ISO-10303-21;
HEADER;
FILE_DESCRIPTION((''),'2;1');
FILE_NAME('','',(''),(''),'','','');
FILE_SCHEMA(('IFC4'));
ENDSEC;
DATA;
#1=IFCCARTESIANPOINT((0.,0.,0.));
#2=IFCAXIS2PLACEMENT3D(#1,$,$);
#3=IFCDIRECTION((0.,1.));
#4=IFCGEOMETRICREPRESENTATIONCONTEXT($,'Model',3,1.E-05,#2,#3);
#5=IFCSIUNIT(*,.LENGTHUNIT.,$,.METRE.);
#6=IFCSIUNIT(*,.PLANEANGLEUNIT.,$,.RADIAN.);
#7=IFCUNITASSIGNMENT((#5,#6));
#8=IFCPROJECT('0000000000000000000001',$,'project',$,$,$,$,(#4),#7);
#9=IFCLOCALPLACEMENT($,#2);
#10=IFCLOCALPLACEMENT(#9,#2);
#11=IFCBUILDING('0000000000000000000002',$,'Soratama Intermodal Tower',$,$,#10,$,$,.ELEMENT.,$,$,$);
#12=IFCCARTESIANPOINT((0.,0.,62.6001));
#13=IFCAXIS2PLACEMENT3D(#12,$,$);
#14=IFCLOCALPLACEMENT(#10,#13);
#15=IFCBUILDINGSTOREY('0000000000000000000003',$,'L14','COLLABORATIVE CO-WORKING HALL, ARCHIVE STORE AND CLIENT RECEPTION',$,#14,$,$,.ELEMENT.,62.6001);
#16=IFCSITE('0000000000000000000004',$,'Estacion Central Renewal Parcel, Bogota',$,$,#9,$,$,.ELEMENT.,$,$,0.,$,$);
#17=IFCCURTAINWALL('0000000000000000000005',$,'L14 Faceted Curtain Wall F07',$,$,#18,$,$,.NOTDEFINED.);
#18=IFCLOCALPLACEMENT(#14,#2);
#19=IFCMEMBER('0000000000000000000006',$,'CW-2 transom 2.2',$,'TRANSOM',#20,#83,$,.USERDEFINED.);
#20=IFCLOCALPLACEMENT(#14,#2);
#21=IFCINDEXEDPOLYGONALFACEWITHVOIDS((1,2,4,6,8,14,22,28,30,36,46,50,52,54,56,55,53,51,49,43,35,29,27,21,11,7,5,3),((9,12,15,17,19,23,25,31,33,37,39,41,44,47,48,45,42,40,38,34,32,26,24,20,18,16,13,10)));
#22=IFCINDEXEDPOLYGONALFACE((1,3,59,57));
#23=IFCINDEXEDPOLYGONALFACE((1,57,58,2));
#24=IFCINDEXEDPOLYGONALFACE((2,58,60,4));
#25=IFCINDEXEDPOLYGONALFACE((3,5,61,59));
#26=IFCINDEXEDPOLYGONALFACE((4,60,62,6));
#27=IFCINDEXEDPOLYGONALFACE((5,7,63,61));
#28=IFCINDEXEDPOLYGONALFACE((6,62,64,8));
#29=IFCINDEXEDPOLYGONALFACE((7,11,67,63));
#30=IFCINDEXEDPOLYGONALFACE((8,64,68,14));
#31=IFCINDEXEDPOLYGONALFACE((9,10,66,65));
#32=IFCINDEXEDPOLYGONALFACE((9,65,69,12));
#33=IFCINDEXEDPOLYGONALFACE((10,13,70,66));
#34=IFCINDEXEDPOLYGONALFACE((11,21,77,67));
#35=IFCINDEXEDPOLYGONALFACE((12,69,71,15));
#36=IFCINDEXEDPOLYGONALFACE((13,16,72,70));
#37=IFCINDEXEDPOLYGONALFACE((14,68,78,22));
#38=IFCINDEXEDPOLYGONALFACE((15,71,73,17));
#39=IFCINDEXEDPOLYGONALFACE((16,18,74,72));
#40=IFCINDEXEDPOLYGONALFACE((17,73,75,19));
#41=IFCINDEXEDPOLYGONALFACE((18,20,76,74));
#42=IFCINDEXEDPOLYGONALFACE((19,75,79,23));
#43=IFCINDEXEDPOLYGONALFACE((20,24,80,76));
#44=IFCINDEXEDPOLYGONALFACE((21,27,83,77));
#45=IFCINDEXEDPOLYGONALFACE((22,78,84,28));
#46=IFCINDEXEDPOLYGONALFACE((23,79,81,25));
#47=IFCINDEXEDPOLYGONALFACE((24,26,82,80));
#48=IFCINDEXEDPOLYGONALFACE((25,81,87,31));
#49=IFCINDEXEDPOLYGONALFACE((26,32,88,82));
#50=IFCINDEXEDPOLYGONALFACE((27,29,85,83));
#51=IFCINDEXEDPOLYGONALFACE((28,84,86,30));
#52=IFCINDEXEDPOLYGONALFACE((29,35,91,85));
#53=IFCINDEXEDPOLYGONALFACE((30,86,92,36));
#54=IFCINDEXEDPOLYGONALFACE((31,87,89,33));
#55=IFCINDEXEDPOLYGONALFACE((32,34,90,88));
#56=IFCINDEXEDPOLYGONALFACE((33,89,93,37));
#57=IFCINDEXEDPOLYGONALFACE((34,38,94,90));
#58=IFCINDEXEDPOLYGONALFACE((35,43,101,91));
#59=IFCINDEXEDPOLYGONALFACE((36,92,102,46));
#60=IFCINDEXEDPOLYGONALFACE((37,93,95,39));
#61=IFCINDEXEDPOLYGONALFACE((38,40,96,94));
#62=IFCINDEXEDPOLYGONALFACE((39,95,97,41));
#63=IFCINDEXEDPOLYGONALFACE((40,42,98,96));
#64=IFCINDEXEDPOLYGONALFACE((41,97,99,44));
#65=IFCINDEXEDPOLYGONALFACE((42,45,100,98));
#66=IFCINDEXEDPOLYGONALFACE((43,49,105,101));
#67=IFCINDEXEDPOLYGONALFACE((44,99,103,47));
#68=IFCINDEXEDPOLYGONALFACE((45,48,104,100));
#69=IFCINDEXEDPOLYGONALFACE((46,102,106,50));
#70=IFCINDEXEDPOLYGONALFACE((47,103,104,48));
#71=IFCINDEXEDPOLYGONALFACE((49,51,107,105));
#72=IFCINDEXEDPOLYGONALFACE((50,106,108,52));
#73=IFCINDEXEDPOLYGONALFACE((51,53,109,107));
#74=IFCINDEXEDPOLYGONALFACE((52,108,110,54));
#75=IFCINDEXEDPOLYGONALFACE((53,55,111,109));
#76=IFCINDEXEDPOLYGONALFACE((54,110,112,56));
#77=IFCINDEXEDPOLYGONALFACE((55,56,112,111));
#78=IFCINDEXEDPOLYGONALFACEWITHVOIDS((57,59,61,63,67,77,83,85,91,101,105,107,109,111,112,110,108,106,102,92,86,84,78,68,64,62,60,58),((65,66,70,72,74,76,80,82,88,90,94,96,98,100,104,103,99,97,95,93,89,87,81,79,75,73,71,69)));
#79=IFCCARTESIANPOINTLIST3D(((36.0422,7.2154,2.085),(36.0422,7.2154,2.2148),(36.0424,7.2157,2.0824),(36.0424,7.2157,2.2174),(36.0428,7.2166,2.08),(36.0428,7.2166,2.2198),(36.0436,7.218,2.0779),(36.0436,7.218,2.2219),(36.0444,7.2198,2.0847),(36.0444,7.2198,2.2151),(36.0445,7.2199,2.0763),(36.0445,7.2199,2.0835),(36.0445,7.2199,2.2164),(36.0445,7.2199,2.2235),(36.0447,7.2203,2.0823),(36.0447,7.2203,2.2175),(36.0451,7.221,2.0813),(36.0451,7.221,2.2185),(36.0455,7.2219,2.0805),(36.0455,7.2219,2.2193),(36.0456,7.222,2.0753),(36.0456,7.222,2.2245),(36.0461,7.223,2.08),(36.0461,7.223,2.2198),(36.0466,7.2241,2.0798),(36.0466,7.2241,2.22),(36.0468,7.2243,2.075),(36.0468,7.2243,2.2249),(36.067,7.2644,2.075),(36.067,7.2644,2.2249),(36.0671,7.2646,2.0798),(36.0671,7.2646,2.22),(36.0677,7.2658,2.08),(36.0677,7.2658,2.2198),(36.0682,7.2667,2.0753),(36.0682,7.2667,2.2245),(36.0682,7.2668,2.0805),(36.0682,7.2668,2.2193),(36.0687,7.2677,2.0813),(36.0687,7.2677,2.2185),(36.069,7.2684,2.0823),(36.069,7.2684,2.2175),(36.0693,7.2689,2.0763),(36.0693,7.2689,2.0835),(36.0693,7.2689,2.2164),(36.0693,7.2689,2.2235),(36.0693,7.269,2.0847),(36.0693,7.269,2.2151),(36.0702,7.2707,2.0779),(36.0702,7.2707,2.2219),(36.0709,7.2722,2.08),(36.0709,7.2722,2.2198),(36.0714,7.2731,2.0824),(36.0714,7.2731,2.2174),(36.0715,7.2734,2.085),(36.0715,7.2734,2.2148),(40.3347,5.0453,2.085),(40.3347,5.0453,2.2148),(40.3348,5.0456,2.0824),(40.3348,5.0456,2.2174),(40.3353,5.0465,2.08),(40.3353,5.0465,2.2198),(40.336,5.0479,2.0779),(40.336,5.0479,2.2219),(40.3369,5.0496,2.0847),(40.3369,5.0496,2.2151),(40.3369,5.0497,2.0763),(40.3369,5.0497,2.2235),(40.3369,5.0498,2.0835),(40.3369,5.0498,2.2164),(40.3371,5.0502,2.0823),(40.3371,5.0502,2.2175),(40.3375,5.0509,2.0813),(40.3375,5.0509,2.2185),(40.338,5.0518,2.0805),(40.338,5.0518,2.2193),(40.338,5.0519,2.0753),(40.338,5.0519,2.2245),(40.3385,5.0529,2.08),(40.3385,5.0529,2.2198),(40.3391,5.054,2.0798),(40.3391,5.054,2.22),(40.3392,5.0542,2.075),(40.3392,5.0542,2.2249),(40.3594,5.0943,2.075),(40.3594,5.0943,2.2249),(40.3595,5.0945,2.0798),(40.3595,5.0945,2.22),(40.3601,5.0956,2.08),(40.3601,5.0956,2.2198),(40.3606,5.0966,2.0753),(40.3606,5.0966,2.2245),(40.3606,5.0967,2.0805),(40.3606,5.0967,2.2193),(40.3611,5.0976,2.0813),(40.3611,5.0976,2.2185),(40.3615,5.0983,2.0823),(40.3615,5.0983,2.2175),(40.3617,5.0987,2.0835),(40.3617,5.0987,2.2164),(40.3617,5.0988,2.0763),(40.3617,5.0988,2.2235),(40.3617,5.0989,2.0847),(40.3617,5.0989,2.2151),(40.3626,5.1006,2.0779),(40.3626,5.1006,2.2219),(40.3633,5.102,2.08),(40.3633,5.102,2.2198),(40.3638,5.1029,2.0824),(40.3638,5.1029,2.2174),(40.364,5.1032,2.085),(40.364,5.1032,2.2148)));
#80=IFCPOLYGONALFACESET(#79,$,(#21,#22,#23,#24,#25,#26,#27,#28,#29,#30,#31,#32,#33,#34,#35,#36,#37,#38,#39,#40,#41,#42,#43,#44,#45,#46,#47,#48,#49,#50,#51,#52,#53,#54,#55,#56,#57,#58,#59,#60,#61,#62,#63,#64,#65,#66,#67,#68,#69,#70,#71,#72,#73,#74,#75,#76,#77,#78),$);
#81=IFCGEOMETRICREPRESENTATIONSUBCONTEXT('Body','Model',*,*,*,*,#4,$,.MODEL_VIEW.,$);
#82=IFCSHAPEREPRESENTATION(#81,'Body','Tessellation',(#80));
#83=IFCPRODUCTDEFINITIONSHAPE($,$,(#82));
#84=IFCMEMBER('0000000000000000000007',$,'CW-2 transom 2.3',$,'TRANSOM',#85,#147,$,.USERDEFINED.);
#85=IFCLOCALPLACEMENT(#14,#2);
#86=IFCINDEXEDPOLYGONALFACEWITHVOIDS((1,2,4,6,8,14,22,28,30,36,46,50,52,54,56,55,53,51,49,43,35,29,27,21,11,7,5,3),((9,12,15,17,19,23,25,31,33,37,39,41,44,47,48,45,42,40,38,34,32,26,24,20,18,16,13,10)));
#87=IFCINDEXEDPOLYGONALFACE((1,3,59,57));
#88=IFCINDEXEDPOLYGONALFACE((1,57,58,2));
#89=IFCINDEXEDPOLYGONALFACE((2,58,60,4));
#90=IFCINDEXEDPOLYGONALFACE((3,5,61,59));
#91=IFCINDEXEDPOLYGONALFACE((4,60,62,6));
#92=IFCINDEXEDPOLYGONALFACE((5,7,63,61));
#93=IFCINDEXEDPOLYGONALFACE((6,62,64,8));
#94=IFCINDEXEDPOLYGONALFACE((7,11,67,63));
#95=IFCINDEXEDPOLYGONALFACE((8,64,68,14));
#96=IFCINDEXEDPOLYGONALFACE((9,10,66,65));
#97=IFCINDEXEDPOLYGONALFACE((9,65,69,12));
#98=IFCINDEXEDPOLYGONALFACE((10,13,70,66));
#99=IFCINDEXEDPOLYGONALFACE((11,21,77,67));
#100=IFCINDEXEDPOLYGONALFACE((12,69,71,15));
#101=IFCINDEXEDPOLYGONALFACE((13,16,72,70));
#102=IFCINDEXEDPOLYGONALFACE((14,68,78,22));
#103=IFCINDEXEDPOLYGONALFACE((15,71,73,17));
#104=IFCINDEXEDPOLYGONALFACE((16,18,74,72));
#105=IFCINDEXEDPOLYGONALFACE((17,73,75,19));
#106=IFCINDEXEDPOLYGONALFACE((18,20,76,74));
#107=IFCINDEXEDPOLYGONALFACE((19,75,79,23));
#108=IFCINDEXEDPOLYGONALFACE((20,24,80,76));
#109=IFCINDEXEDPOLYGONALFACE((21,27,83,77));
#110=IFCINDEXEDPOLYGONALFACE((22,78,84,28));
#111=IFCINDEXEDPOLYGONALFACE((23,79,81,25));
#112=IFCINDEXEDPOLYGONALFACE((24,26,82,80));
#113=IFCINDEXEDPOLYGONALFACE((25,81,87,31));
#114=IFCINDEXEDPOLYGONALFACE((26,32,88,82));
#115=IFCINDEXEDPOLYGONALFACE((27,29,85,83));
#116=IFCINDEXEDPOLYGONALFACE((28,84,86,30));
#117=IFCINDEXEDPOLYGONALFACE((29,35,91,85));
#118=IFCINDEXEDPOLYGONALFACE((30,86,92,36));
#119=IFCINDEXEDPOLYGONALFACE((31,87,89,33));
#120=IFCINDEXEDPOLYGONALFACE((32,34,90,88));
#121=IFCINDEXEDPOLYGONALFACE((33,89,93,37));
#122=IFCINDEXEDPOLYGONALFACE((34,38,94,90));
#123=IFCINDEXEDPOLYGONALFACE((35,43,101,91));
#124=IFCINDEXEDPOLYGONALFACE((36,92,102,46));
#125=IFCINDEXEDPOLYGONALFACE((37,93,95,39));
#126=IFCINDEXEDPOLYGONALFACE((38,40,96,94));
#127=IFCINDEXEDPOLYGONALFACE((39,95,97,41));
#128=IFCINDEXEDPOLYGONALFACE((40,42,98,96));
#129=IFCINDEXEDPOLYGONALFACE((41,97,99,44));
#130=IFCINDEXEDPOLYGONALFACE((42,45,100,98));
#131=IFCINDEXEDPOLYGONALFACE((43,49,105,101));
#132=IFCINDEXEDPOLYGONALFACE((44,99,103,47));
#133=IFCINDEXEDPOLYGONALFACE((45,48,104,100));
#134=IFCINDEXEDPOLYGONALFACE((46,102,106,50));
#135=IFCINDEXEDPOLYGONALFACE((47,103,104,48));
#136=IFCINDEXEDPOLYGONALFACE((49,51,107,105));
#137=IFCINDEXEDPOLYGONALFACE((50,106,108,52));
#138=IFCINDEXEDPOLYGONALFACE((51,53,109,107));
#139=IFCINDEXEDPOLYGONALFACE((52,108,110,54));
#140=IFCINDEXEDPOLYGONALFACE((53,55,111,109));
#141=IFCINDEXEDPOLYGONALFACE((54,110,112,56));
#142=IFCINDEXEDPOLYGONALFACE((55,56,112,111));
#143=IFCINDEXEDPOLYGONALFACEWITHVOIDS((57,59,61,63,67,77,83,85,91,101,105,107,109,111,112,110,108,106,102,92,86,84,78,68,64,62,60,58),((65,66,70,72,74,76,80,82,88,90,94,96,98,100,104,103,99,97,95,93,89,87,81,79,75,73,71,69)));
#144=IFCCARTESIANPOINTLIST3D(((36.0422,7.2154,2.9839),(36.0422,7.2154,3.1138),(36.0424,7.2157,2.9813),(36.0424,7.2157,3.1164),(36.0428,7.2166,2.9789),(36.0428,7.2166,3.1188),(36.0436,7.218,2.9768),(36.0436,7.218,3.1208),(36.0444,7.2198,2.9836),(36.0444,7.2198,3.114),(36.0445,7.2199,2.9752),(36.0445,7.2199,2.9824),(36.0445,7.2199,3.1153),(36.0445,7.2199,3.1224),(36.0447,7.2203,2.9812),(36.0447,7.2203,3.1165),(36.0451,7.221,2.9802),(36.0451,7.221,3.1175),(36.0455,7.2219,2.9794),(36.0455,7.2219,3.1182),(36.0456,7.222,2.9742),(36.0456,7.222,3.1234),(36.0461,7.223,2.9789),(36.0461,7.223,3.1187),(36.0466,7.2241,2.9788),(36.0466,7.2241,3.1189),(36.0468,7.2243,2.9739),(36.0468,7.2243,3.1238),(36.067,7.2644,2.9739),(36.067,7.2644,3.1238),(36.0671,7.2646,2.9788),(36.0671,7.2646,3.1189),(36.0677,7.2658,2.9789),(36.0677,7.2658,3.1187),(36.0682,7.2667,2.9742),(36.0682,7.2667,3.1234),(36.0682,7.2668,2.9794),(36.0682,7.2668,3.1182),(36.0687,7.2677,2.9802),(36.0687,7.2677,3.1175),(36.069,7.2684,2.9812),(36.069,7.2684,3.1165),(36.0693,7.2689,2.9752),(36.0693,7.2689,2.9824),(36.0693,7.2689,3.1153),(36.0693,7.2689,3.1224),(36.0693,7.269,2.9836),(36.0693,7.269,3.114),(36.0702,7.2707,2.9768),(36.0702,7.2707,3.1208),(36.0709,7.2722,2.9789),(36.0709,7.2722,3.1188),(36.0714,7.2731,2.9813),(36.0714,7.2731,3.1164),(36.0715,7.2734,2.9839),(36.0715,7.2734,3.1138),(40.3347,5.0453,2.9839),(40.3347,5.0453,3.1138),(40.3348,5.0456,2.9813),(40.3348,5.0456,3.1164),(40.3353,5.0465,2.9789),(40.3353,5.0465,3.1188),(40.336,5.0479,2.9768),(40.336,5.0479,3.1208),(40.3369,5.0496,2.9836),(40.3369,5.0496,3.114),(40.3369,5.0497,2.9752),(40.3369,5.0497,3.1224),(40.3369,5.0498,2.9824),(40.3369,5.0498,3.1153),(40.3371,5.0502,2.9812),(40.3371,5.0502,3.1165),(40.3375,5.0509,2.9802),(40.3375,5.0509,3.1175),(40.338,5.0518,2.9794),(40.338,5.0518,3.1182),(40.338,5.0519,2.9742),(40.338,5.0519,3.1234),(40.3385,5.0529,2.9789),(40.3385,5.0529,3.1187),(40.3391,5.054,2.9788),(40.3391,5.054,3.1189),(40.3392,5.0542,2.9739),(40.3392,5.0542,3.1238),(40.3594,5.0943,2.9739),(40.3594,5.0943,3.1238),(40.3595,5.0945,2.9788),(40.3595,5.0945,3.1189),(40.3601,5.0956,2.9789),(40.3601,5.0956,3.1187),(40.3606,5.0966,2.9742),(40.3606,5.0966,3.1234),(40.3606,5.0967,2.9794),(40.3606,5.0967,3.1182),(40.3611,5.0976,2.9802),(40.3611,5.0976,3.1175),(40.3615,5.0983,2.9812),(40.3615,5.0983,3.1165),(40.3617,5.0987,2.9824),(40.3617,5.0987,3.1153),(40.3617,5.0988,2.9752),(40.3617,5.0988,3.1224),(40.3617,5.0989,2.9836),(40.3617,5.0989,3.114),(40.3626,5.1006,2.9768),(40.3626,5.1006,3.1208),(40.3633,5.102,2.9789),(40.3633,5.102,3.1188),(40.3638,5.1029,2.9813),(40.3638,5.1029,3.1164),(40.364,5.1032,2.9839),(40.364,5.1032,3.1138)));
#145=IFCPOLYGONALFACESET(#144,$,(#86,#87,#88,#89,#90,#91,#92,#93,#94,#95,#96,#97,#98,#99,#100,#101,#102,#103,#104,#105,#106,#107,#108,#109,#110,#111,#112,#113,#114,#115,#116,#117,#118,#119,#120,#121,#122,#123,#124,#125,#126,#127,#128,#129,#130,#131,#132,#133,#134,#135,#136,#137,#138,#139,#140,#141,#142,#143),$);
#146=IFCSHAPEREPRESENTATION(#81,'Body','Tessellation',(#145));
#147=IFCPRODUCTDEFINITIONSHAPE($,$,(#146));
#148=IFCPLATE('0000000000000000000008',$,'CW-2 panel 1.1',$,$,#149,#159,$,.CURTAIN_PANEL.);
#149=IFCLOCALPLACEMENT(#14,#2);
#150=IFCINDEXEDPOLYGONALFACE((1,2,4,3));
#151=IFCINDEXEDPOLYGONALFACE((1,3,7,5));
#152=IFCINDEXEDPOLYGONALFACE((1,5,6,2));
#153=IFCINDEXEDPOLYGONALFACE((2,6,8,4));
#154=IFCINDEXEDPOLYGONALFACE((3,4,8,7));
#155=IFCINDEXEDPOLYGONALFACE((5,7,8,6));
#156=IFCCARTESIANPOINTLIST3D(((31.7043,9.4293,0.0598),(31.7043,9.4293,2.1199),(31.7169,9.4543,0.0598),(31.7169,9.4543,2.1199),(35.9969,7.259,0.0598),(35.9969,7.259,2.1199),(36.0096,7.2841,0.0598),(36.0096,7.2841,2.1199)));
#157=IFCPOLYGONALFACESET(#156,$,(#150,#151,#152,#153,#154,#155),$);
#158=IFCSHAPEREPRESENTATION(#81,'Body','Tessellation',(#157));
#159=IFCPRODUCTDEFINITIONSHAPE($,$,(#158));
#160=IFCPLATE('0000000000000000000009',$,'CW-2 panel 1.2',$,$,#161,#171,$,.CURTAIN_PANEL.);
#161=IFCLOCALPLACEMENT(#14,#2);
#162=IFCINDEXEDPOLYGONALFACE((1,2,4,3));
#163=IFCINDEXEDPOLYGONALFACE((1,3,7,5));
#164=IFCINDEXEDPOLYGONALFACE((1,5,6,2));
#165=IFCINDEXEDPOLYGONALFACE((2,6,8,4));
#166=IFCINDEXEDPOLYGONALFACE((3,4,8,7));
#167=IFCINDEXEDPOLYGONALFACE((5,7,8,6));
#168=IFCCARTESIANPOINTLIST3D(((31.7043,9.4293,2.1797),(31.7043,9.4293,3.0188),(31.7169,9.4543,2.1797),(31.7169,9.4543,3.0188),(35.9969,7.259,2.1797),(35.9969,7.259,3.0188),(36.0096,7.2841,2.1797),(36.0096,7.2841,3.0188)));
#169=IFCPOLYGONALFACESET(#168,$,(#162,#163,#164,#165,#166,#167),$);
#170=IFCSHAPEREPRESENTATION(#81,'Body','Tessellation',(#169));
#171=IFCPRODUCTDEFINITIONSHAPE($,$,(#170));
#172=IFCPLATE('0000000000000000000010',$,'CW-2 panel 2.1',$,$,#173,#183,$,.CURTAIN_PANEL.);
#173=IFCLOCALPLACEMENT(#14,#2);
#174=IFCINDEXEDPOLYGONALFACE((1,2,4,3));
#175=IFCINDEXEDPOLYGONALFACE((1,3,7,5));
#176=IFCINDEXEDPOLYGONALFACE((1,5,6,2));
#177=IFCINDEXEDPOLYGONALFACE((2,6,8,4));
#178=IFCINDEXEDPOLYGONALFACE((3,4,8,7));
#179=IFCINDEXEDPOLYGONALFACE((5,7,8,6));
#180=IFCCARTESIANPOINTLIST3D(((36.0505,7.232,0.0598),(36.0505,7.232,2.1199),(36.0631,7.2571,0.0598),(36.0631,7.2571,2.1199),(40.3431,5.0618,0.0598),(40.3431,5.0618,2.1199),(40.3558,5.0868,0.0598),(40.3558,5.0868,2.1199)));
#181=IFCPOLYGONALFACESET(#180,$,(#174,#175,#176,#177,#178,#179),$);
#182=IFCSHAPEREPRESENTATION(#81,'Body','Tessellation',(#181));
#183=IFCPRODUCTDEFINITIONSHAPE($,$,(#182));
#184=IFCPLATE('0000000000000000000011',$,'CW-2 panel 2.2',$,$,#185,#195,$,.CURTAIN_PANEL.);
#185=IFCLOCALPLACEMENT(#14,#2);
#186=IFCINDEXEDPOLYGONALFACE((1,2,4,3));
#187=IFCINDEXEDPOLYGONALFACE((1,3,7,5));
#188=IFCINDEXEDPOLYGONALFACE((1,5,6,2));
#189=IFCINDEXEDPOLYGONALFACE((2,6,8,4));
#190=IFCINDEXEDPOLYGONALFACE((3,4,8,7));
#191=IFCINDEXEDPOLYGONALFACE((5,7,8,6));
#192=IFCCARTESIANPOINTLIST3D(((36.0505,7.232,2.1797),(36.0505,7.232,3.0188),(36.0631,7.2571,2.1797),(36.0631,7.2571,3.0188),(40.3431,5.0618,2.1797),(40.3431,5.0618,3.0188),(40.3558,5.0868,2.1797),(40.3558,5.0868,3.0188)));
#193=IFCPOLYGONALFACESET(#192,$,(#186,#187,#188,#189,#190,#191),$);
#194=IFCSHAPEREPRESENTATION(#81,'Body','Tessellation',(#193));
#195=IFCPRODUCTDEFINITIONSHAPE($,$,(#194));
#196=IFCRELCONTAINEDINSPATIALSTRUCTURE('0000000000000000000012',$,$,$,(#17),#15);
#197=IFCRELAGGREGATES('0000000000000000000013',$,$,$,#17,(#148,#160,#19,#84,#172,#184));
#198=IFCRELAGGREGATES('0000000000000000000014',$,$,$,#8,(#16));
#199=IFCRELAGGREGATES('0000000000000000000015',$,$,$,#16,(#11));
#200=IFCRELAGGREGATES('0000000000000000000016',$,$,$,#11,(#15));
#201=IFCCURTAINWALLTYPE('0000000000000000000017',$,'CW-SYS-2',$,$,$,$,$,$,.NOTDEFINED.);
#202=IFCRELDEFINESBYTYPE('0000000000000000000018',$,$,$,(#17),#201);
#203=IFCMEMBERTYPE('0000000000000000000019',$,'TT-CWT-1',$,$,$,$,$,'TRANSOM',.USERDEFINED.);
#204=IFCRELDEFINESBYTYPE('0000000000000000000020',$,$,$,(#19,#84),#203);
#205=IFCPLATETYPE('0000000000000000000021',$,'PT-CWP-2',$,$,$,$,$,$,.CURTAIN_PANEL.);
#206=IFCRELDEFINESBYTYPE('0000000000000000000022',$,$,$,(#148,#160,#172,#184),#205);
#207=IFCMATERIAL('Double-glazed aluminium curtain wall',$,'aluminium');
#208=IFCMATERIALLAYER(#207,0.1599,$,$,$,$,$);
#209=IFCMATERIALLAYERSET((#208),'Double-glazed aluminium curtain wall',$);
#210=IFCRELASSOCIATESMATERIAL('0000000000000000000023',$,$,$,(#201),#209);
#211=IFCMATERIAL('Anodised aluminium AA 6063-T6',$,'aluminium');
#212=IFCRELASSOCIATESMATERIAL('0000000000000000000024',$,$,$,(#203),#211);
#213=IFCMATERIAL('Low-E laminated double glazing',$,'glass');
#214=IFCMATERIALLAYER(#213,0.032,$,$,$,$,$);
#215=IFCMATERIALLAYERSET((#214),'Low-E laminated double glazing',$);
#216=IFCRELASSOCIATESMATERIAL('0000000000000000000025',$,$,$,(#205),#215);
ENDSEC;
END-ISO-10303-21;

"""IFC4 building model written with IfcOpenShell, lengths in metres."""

from ifc_helpers import new_model, si_unit, direction, frame, origin, origin_2d, place, context, subcontext, project, spatial, rectangle, hollow_rectangle, extrude, material, layer, layer_set, material_profile, profile_set, type_object, element, aggregate, save


model = new_model("IFC4")

# Units and contexts
model_context = context("Model", 3, precision=1e-05, world=origin(), true_north=direction((0.0, 1.0)))
body_context = subcontext(model_context, "Body", "Model", "MODEL_VIEW")
ifc_project = project(units=[si_unit("LENGTHUNIT", "METRE"), si_unit("PLANEANGLEUNIT", "RADIAN")], contexts=[model_context])

# Site, building, storey
site_placement = place(None, origin())
site = spatial("IfcSite", under=ifc_project, at=site_placement, Name="Estacion Central Renewal Parcel, Bogota", CompositionType="ELEMENT", RefElevation=0.0)
building_placement = place(site_placement, origin())
building = spatial("IfcBuilding", under=site, at=building_placement, Name="Soratama Intermodal Tower", CompositionType="ELEMENT")
storey_placement = place(building_placement, frame((0.0, 0.0, 62.6001)))
storey = spatial("IfcBuildingStorey", under=building, at=storey_placement, Name="L14", Description="COLLABORATIVE CO-WORKING HALL, ARCHIVE STORE AND CLIENT RECEPTION", CompositionType="ELEMENT", Elevation=62.6001)

# Curtain wall, members, plates
ifc_material_1 = material(Name="Double-glazed aluminium curtain wall", Category="aluminium")
ifc_layer_1 = layer(ifc_material_1, 0.1599)
ifc_layer_set_1 = layer_set([ifc_layer_1], Name="Double-glazed aluminium curtain wall")
curtain_wall_type = type_object("IfcCurtainWallType", Name="CW-SYS-2", PredefinedType="NOTDEFINED", material=ifc_layer_set_1)
curtain_wall_placement = place(storey_placement, origin())
curtain_wall = element("IfcCurtainWall", 1, at=curtain_wall_placement, inside=storey, type_object=curtain_wall_type, Name="L14 Faceted Curtain Wall F07", PredefinedType="NOTDEFINED")
ifc_material_2 = material(Name="Anodised aluminium AA 6063-T6", Category="aluminium")
ifc_material_profile_1 = material_profile(ifc_material_2, hollow_rectangle(XDim=0.0649, YDim=0.1499, WallThickness=0.0049, InnerFilletRadius=0.0049, OuterFilletRadius=0.01, at=origin_2d()), Name="CWT150X65X5")
ifc_profile_set_1 = profile_set([ifc_material_profile_1], Name="Anodised aluminium AA 6063-T6")
member_type_1 = type_object("IfcMemberType", Name="TT-CWT-1", ElementType="TRANSOM", PredefinedType="USERDEFINED", material=ifc_profile_set_1)
member_1_placement = place(storey_placement, frame((36.0569, 7.2444, 2.1499), z_axis=(0.892429, -0.451189, 0.0), x_axis=(0.451189, 0.892429, 0.0)))
member_1 = element("IfcMember", 2, at=member_1_placement, type_object=member_type_1, Name="CW-2 transom 2.2", ObjectType="TRANSOM", PredefinedType="USERDEFINED", context=body_context, shape_type="SweptSolid", body=[
    extrude(hollow_rectangle(XDim=0.0649, YDim=0.1499, WallThickness=0.0049, InnerFilletRadius=0.0049, OuterFilletRadius=0.01, at=origin_2d()), origin(), (0.0, 0.0, 1.0), 4.8098),
])
member_2_placement = place(storey_placement, frame((36.0569, 7.2444, 3.0488), z_axis=(0.892429, -0.451189, 0.0), x_axis=(0.451189, 0.892429, 0.0)))
member_2 = element("IfcMember", 3, at=member_2_placement, type_object=member_type_1, Name="CW-2 transom 2.3", ObjectType="TRANSOM", PredefinedType="USERDEFINED", context=body_context, shape_type="SweptSolid", body=[
    extrude(hollow_rectangle(XDim=0.0649, YDim=0.1499, WallThickness=0.0049, InnerFilletRadius=0.0049, OuterFilletRadius=0.01, at=origin_2d()), origin(), (0.0, 0.0, 1.0), 4.8098),
])
ifc_material_3 = material(Name="Low-E laminated double glazing", Category="glass")
ifc_layer_2 = layer(ifc_material_3, 0.032)
ifc_layer_set_2 = layer_set([ifc_layer_2], Name="Low-E laminated double glazing")
plate_type = type_object("IfcPlateType", Name="PT-CWP-2", PredefinedType="CURTAIN_PANEL", material=ifc_layer_set_2)
plate_1_placement = place(storey_placement, frame((33.8569, 8.3567, 0.0598), z_axis=(0.0, 0.0, 1.0), x_axis=(0.892431, -0.451185, 0.0)))
plate_1 = element("IfcPlate", 4, at=plate_1_placement, type_object=plate_type, Name="CW-2 panel 1.1", PredefinedType="CURTAIN_PANEL", context=body_context, shape_type="SweptSolid", body=[
    extrude(rectangle(XDim=4.8101, YDim=0.0281, at=origin_2d()), origin(), (0.0, 0.0, 1.0), 2.0601),
])
plate_2_placement = place(storey_placement, frame((33.8569, 8.3567, 2.1797), z_axis=(0.0, 0.0, 1.0), x_axis=(0.892431, -0.451185, 0.0)))
plate_2 = element("IfcPlate", 5, at=plate_2_placement, type_object=plate_type, Name="CW-2 panel 1.2", PredefinedType="CURTAIN_PANEL", context=body_context, shape_type="SweptSolid", body=[
    extrude(rectangle(XDim=4.8101, YDim=0.0281, at=origin_2d()), origin(), (0.0, 0.0, 1.0), 0.8391),
])
plate_3_placement = place(storey_placement, frame((38.2031, 6.1594, 0.0598), z_axis=(0.0, 0.0, 1.0), x_axis=(0.892431, -0.451185, 0.0)))
plate_3 = element("IfcPlate", 6, at=plate_3_placement, type_object=plate_type, Name="CW-2 panel 2.1", PredefinedType="CURTAIN_PANEL", context=body_context, shape_type="SweptSolid", body=[
    extrude(rectangle(XDim=4.8101, YDim=0.0281, at=origin_2d()), origin(), (0.0, 0.0, 1.0), 2.0601),
])
plate_4_placement = place(storey_placement, frame((38.2031, 6.1594, 2.1797), z_axis=(0.0, 0.0, 1.0), x_axis=(0.892431, -0.451185, 0.0)))
plate_4 = element("IfcPlate", 7, at=plate_4_placement, type_object=plate_type, Name="CW-2 panel 2.2", PredefinedType="CURTAIN_PANEL", context=body_context, shape_type="SweptSolid", body=[
    extrude(rectangle(XDim=4.8101, YDim=0.0281, at=origin_2d()), origin(), (0.0, 0.0, 1.0), 0.8391),
])
aggregate(curtain_wall, [plate_1, plate_2, member_1, member_2, plate_3, plate_4])

save(model, "model.ifc")
